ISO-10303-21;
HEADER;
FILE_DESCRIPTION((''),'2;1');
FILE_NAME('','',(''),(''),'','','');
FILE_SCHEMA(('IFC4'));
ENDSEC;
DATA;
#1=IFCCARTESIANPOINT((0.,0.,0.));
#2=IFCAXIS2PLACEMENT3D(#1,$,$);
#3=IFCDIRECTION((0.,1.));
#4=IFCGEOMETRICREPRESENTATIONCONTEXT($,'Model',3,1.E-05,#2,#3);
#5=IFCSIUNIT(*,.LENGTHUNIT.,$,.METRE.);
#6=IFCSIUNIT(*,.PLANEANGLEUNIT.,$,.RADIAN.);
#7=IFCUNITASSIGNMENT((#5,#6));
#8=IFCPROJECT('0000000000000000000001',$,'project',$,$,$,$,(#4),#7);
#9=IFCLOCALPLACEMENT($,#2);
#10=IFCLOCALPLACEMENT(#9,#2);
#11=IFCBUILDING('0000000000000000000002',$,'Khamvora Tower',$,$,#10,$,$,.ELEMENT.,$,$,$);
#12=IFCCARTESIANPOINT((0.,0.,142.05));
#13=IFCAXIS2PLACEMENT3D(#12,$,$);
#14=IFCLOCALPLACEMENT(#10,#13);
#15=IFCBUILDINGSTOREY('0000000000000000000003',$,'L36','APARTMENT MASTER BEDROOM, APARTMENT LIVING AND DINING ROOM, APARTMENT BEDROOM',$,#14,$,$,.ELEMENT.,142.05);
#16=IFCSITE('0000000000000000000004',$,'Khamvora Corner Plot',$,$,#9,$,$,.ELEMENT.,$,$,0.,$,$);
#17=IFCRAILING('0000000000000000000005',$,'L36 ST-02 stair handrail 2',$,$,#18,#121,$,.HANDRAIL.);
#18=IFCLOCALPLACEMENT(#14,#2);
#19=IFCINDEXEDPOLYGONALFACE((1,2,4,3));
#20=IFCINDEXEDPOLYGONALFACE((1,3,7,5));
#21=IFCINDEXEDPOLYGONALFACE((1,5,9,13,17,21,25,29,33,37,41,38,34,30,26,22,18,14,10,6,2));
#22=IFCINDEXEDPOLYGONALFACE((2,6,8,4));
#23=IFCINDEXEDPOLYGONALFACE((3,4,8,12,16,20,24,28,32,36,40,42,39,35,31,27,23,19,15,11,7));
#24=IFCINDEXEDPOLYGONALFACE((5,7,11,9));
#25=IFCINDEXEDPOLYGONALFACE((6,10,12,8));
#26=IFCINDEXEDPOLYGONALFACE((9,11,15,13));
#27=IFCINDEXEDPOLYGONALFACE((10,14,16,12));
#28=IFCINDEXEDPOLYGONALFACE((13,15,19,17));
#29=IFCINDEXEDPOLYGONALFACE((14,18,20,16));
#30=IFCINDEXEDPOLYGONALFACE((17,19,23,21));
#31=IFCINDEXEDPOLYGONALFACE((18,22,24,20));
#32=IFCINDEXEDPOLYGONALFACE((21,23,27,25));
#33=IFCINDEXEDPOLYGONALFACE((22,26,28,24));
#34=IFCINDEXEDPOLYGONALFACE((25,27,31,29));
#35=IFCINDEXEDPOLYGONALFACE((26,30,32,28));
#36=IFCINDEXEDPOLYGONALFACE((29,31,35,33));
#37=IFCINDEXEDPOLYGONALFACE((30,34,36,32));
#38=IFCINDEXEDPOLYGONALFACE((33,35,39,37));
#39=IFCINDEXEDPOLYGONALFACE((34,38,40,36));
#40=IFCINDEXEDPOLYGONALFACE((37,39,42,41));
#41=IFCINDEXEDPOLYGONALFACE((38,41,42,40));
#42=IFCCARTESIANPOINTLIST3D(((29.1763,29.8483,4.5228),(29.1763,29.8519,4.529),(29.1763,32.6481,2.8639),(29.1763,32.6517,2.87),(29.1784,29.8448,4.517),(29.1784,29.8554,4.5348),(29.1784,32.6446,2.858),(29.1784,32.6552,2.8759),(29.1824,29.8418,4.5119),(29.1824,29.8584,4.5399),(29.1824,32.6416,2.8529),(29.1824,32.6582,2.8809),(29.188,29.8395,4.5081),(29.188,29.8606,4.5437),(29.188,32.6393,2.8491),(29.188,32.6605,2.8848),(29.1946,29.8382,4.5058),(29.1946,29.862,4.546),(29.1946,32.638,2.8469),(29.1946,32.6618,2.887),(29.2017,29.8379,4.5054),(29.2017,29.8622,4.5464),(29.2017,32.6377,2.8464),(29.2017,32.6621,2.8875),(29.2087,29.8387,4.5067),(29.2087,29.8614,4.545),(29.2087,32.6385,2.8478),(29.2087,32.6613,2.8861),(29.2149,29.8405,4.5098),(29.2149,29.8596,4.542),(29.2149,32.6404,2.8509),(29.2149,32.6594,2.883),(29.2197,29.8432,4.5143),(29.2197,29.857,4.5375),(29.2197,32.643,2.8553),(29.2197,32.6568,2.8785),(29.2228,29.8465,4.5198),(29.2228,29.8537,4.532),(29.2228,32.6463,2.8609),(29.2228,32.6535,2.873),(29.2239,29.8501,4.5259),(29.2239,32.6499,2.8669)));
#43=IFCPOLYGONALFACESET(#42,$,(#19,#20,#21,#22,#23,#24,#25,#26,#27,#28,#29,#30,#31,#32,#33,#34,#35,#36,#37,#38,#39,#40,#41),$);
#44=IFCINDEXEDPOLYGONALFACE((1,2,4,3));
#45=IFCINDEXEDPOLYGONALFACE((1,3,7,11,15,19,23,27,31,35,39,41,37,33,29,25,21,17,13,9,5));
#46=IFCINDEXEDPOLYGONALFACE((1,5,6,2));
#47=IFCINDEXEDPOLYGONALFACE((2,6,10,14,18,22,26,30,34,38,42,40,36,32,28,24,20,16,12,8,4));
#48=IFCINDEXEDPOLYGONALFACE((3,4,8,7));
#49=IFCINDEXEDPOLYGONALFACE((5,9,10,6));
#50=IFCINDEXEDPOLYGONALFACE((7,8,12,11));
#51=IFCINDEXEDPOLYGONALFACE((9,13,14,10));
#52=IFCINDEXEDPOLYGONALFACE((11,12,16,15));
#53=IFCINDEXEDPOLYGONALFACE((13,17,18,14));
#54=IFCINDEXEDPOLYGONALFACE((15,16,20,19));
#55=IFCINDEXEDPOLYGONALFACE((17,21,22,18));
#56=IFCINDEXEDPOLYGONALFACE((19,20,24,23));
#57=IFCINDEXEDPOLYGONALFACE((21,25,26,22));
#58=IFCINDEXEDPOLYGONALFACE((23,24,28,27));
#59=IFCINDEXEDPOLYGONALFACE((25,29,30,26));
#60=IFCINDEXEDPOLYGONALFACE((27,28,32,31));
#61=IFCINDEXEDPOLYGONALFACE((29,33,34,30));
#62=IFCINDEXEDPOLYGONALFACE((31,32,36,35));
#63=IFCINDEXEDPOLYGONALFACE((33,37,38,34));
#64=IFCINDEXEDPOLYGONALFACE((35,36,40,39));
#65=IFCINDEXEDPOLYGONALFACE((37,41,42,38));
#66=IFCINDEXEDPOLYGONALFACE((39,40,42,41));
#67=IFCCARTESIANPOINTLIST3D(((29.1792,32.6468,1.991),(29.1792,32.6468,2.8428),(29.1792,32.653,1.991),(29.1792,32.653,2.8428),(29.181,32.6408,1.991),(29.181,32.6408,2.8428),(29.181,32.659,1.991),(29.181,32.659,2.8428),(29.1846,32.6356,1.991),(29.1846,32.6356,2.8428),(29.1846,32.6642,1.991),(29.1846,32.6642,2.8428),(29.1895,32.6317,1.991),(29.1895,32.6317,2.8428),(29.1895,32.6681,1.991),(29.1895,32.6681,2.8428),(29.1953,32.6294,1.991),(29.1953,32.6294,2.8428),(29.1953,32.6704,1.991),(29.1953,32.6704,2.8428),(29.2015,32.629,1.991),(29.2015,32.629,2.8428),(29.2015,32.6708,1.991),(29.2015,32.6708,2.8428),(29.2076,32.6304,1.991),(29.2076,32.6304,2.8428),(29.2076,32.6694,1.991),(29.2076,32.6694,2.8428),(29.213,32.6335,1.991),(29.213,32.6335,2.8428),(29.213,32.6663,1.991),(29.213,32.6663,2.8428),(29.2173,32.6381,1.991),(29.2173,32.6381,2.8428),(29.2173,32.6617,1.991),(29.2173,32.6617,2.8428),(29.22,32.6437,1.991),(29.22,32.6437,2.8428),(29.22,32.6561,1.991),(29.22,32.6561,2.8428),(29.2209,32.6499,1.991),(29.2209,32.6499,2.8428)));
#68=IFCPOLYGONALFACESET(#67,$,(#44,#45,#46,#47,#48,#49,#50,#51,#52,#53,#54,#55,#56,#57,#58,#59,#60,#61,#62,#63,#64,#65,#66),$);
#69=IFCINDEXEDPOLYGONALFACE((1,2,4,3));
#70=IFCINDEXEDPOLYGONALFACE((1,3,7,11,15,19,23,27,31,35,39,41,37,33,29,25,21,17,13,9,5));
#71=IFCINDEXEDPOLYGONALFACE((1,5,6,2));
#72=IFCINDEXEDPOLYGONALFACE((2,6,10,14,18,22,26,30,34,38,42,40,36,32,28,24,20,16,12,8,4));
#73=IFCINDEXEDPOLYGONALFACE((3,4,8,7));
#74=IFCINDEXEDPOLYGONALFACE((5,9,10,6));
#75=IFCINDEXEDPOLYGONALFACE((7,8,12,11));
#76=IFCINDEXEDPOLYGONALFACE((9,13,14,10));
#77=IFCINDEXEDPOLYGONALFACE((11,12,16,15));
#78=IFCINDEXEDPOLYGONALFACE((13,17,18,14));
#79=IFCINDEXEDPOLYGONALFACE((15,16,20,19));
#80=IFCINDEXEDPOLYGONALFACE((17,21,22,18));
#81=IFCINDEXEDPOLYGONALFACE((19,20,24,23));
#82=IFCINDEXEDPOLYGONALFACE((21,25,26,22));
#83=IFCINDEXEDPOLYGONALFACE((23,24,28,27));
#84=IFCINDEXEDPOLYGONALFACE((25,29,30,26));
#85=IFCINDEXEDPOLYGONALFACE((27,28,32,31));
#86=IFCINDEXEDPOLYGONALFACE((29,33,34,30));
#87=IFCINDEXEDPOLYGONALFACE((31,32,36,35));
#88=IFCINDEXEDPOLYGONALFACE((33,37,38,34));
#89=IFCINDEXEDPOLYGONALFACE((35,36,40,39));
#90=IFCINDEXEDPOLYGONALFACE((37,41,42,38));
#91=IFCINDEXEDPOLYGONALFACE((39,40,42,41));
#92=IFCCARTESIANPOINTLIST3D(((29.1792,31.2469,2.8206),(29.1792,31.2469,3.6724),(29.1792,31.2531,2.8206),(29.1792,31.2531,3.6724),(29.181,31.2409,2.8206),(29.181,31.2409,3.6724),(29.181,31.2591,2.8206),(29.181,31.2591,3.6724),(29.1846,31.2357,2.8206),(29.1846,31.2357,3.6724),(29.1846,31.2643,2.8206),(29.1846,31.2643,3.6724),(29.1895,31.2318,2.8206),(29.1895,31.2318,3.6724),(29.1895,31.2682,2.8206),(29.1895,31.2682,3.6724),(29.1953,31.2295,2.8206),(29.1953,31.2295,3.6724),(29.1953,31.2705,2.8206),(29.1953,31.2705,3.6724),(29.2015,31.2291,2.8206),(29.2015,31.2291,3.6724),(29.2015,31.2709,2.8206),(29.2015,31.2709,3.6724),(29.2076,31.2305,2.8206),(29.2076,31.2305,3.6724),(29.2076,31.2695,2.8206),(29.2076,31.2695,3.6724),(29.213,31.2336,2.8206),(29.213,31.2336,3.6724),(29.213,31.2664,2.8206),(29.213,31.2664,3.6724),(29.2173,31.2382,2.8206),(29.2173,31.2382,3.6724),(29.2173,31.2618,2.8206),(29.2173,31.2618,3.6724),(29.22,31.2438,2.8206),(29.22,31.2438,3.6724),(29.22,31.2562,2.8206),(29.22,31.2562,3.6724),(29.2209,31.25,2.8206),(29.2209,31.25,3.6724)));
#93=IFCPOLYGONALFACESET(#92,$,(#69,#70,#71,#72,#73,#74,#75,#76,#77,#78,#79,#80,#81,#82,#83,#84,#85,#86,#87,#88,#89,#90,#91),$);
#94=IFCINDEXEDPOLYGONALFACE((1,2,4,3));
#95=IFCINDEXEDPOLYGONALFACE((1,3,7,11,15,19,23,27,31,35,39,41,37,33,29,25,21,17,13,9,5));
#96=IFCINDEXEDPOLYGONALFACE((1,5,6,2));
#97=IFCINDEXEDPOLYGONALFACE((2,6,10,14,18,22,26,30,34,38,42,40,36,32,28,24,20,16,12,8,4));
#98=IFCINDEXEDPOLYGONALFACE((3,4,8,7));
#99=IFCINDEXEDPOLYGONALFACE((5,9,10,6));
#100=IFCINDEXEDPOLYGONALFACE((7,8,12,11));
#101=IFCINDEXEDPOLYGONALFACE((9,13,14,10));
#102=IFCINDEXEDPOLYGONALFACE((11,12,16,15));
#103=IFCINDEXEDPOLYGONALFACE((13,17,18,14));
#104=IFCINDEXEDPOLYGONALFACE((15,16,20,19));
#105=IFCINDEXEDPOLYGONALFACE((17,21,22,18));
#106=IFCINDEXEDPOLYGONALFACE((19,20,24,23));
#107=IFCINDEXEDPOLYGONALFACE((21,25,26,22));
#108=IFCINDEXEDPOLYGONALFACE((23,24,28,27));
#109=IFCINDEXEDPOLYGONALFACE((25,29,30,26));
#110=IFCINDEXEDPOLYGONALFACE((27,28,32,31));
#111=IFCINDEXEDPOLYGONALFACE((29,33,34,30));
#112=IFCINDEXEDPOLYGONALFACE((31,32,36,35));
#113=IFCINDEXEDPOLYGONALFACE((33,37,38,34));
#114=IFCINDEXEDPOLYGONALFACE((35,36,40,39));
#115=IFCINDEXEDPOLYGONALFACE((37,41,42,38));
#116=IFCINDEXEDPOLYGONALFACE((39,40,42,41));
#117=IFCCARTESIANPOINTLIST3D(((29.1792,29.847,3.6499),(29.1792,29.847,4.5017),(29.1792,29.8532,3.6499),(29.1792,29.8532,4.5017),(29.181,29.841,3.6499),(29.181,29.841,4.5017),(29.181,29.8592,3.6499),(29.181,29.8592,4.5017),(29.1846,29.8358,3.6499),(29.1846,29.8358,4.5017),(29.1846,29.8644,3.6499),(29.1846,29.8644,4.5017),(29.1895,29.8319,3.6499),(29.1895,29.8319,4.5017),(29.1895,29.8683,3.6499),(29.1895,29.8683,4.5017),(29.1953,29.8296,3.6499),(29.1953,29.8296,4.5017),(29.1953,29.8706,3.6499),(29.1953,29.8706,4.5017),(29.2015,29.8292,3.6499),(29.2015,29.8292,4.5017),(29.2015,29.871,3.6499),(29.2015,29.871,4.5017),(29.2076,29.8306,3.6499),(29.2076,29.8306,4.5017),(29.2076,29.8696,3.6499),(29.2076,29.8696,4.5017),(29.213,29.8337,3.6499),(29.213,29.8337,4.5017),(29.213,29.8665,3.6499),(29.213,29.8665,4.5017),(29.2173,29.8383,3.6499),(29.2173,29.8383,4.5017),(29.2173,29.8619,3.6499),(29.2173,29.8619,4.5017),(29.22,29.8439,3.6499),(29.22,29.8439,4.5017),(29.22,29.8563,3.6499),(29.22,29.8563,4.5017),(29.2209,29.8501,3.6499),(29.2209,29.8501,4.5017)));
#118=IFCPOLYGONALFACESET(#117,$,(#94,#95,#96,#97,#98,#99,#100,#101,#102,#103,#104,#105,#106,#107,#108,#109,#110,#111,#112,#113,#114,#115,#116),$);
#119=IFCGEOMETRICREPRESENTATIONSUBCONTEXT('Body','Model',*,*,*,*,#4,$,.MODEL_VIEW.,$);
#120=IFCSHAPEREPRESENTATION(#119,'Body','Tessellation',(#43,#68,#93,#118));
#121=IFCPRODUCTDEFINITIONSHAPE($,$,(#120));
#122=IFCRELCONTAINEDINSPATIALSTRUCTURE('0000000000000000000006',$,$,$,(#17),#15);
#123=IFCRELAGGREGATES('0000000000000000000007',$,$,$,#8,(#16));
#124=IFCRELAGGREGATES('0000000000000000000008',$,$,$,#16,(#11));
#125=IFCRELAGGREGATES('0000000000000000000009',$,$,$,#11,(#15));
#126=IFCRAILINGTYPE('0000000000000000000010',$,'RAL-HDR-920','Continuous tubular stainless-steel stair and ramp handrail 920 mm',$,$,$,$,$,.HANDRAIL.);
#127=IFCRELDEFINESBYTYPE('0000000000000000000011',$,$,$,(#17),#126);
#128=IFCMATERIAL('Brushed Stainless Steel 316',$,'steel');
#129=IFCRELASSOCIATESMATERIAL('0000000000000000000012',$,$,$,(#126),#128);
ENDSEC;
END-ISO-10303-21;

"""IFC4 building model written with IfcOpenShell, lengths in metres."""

from ifc_helpers import new_model, si_unit, direction, frame, origin, origin_2d, place, context, subcontext, project, spatial, circle, extrude, material, type_object, element, save


model = new_model("IFC4")

# Units and contexts
model_context = context("Model", 3, precision=1e-05, world=origin(), true_north=direction((0.0, 1.0)))
body_context = subcontext(model_context, "Body", "Model", "MODEL_VIEW")
ifc_project = project(units=[si_unit("LENGTHUNIT", "METRE"), si_unit("PLANEANGLEUNIT", "RADIAN")], contexts=[model_context])

# Site, building, storey
site_placement = place(None, origin())
site = spatial("IfcSite", under=ifc_project, at=site_placement, Name="Khamvora Corner Plot", CompositionType="ELEMENT", RefElevation=0.0)
building_placement = place(site_placement, origin())
building = spatial("IfcBuilding", under=site, at=building_placement, Name="Khamvora Tower", CompositionType="ELEMENT")
storey_placement = place(building_placement, frame((0.0, 0.0, 142.05)))
storey = spatial("IfcBuildingStorey", under=building, at=storey_placement, Name="L36", Description="APARTMENT MASTER BEDROOM, APARTMENT LIVING AND DINING ROOM, APARTMENT BEDROOM", CompositionType="ELEMENT", Elevation=142.05)

# Railing
ifc_material_1 = material(Name="Brushed Stainless Steel 316", Category="steel")
railing_type_1 = type_object("IfcRailingType", Name="RAL-HDR-920", Description="Continuous tubular stainless-steel stair and ramp handrail 920 mm", PredefinedType="HANDRAIL", material=ifc_material_1)
railing_1_placement = place(storey_placement, frame((29.2, 32.6499, 1.991)))
element("IfcRailing", 1, at=railing_1_placement, inside=storey, type_object=railing_type_1, Name="L36 ST-02 stair handrail 2", PredefinedType="HANDRAIL", context=body_context, shape_type="SweptSolid", body=[
    extrude(circle(Radius=0.0239, at=origin_2d()), frame((0.0, 0.0, 0.876), z_axis=(0.0, -0.86032, 0.509755), x_axis=(1.0, 0.0, 0.0)), (0.0, 0.0, 1.0), 3.2544),
    extrude(circle(Radius=0.021, at=origin_2d()), origin(), (0.0, 0.0, 1.0), 0.8518),
    extrude(circle(Radius=0.021, at=origin_2d()), frame((0.0, -1.3999, 0.8296)), (0.0, 0.0, 1.0), 0.8518),
    extrude(circle(Radius=0.021, at=origin_2d()), frame((0.0, -2.7998, 1.6589)), (0.0, 0.0, 1.0), 0.8518),
])

save(model, "model.ifc")
